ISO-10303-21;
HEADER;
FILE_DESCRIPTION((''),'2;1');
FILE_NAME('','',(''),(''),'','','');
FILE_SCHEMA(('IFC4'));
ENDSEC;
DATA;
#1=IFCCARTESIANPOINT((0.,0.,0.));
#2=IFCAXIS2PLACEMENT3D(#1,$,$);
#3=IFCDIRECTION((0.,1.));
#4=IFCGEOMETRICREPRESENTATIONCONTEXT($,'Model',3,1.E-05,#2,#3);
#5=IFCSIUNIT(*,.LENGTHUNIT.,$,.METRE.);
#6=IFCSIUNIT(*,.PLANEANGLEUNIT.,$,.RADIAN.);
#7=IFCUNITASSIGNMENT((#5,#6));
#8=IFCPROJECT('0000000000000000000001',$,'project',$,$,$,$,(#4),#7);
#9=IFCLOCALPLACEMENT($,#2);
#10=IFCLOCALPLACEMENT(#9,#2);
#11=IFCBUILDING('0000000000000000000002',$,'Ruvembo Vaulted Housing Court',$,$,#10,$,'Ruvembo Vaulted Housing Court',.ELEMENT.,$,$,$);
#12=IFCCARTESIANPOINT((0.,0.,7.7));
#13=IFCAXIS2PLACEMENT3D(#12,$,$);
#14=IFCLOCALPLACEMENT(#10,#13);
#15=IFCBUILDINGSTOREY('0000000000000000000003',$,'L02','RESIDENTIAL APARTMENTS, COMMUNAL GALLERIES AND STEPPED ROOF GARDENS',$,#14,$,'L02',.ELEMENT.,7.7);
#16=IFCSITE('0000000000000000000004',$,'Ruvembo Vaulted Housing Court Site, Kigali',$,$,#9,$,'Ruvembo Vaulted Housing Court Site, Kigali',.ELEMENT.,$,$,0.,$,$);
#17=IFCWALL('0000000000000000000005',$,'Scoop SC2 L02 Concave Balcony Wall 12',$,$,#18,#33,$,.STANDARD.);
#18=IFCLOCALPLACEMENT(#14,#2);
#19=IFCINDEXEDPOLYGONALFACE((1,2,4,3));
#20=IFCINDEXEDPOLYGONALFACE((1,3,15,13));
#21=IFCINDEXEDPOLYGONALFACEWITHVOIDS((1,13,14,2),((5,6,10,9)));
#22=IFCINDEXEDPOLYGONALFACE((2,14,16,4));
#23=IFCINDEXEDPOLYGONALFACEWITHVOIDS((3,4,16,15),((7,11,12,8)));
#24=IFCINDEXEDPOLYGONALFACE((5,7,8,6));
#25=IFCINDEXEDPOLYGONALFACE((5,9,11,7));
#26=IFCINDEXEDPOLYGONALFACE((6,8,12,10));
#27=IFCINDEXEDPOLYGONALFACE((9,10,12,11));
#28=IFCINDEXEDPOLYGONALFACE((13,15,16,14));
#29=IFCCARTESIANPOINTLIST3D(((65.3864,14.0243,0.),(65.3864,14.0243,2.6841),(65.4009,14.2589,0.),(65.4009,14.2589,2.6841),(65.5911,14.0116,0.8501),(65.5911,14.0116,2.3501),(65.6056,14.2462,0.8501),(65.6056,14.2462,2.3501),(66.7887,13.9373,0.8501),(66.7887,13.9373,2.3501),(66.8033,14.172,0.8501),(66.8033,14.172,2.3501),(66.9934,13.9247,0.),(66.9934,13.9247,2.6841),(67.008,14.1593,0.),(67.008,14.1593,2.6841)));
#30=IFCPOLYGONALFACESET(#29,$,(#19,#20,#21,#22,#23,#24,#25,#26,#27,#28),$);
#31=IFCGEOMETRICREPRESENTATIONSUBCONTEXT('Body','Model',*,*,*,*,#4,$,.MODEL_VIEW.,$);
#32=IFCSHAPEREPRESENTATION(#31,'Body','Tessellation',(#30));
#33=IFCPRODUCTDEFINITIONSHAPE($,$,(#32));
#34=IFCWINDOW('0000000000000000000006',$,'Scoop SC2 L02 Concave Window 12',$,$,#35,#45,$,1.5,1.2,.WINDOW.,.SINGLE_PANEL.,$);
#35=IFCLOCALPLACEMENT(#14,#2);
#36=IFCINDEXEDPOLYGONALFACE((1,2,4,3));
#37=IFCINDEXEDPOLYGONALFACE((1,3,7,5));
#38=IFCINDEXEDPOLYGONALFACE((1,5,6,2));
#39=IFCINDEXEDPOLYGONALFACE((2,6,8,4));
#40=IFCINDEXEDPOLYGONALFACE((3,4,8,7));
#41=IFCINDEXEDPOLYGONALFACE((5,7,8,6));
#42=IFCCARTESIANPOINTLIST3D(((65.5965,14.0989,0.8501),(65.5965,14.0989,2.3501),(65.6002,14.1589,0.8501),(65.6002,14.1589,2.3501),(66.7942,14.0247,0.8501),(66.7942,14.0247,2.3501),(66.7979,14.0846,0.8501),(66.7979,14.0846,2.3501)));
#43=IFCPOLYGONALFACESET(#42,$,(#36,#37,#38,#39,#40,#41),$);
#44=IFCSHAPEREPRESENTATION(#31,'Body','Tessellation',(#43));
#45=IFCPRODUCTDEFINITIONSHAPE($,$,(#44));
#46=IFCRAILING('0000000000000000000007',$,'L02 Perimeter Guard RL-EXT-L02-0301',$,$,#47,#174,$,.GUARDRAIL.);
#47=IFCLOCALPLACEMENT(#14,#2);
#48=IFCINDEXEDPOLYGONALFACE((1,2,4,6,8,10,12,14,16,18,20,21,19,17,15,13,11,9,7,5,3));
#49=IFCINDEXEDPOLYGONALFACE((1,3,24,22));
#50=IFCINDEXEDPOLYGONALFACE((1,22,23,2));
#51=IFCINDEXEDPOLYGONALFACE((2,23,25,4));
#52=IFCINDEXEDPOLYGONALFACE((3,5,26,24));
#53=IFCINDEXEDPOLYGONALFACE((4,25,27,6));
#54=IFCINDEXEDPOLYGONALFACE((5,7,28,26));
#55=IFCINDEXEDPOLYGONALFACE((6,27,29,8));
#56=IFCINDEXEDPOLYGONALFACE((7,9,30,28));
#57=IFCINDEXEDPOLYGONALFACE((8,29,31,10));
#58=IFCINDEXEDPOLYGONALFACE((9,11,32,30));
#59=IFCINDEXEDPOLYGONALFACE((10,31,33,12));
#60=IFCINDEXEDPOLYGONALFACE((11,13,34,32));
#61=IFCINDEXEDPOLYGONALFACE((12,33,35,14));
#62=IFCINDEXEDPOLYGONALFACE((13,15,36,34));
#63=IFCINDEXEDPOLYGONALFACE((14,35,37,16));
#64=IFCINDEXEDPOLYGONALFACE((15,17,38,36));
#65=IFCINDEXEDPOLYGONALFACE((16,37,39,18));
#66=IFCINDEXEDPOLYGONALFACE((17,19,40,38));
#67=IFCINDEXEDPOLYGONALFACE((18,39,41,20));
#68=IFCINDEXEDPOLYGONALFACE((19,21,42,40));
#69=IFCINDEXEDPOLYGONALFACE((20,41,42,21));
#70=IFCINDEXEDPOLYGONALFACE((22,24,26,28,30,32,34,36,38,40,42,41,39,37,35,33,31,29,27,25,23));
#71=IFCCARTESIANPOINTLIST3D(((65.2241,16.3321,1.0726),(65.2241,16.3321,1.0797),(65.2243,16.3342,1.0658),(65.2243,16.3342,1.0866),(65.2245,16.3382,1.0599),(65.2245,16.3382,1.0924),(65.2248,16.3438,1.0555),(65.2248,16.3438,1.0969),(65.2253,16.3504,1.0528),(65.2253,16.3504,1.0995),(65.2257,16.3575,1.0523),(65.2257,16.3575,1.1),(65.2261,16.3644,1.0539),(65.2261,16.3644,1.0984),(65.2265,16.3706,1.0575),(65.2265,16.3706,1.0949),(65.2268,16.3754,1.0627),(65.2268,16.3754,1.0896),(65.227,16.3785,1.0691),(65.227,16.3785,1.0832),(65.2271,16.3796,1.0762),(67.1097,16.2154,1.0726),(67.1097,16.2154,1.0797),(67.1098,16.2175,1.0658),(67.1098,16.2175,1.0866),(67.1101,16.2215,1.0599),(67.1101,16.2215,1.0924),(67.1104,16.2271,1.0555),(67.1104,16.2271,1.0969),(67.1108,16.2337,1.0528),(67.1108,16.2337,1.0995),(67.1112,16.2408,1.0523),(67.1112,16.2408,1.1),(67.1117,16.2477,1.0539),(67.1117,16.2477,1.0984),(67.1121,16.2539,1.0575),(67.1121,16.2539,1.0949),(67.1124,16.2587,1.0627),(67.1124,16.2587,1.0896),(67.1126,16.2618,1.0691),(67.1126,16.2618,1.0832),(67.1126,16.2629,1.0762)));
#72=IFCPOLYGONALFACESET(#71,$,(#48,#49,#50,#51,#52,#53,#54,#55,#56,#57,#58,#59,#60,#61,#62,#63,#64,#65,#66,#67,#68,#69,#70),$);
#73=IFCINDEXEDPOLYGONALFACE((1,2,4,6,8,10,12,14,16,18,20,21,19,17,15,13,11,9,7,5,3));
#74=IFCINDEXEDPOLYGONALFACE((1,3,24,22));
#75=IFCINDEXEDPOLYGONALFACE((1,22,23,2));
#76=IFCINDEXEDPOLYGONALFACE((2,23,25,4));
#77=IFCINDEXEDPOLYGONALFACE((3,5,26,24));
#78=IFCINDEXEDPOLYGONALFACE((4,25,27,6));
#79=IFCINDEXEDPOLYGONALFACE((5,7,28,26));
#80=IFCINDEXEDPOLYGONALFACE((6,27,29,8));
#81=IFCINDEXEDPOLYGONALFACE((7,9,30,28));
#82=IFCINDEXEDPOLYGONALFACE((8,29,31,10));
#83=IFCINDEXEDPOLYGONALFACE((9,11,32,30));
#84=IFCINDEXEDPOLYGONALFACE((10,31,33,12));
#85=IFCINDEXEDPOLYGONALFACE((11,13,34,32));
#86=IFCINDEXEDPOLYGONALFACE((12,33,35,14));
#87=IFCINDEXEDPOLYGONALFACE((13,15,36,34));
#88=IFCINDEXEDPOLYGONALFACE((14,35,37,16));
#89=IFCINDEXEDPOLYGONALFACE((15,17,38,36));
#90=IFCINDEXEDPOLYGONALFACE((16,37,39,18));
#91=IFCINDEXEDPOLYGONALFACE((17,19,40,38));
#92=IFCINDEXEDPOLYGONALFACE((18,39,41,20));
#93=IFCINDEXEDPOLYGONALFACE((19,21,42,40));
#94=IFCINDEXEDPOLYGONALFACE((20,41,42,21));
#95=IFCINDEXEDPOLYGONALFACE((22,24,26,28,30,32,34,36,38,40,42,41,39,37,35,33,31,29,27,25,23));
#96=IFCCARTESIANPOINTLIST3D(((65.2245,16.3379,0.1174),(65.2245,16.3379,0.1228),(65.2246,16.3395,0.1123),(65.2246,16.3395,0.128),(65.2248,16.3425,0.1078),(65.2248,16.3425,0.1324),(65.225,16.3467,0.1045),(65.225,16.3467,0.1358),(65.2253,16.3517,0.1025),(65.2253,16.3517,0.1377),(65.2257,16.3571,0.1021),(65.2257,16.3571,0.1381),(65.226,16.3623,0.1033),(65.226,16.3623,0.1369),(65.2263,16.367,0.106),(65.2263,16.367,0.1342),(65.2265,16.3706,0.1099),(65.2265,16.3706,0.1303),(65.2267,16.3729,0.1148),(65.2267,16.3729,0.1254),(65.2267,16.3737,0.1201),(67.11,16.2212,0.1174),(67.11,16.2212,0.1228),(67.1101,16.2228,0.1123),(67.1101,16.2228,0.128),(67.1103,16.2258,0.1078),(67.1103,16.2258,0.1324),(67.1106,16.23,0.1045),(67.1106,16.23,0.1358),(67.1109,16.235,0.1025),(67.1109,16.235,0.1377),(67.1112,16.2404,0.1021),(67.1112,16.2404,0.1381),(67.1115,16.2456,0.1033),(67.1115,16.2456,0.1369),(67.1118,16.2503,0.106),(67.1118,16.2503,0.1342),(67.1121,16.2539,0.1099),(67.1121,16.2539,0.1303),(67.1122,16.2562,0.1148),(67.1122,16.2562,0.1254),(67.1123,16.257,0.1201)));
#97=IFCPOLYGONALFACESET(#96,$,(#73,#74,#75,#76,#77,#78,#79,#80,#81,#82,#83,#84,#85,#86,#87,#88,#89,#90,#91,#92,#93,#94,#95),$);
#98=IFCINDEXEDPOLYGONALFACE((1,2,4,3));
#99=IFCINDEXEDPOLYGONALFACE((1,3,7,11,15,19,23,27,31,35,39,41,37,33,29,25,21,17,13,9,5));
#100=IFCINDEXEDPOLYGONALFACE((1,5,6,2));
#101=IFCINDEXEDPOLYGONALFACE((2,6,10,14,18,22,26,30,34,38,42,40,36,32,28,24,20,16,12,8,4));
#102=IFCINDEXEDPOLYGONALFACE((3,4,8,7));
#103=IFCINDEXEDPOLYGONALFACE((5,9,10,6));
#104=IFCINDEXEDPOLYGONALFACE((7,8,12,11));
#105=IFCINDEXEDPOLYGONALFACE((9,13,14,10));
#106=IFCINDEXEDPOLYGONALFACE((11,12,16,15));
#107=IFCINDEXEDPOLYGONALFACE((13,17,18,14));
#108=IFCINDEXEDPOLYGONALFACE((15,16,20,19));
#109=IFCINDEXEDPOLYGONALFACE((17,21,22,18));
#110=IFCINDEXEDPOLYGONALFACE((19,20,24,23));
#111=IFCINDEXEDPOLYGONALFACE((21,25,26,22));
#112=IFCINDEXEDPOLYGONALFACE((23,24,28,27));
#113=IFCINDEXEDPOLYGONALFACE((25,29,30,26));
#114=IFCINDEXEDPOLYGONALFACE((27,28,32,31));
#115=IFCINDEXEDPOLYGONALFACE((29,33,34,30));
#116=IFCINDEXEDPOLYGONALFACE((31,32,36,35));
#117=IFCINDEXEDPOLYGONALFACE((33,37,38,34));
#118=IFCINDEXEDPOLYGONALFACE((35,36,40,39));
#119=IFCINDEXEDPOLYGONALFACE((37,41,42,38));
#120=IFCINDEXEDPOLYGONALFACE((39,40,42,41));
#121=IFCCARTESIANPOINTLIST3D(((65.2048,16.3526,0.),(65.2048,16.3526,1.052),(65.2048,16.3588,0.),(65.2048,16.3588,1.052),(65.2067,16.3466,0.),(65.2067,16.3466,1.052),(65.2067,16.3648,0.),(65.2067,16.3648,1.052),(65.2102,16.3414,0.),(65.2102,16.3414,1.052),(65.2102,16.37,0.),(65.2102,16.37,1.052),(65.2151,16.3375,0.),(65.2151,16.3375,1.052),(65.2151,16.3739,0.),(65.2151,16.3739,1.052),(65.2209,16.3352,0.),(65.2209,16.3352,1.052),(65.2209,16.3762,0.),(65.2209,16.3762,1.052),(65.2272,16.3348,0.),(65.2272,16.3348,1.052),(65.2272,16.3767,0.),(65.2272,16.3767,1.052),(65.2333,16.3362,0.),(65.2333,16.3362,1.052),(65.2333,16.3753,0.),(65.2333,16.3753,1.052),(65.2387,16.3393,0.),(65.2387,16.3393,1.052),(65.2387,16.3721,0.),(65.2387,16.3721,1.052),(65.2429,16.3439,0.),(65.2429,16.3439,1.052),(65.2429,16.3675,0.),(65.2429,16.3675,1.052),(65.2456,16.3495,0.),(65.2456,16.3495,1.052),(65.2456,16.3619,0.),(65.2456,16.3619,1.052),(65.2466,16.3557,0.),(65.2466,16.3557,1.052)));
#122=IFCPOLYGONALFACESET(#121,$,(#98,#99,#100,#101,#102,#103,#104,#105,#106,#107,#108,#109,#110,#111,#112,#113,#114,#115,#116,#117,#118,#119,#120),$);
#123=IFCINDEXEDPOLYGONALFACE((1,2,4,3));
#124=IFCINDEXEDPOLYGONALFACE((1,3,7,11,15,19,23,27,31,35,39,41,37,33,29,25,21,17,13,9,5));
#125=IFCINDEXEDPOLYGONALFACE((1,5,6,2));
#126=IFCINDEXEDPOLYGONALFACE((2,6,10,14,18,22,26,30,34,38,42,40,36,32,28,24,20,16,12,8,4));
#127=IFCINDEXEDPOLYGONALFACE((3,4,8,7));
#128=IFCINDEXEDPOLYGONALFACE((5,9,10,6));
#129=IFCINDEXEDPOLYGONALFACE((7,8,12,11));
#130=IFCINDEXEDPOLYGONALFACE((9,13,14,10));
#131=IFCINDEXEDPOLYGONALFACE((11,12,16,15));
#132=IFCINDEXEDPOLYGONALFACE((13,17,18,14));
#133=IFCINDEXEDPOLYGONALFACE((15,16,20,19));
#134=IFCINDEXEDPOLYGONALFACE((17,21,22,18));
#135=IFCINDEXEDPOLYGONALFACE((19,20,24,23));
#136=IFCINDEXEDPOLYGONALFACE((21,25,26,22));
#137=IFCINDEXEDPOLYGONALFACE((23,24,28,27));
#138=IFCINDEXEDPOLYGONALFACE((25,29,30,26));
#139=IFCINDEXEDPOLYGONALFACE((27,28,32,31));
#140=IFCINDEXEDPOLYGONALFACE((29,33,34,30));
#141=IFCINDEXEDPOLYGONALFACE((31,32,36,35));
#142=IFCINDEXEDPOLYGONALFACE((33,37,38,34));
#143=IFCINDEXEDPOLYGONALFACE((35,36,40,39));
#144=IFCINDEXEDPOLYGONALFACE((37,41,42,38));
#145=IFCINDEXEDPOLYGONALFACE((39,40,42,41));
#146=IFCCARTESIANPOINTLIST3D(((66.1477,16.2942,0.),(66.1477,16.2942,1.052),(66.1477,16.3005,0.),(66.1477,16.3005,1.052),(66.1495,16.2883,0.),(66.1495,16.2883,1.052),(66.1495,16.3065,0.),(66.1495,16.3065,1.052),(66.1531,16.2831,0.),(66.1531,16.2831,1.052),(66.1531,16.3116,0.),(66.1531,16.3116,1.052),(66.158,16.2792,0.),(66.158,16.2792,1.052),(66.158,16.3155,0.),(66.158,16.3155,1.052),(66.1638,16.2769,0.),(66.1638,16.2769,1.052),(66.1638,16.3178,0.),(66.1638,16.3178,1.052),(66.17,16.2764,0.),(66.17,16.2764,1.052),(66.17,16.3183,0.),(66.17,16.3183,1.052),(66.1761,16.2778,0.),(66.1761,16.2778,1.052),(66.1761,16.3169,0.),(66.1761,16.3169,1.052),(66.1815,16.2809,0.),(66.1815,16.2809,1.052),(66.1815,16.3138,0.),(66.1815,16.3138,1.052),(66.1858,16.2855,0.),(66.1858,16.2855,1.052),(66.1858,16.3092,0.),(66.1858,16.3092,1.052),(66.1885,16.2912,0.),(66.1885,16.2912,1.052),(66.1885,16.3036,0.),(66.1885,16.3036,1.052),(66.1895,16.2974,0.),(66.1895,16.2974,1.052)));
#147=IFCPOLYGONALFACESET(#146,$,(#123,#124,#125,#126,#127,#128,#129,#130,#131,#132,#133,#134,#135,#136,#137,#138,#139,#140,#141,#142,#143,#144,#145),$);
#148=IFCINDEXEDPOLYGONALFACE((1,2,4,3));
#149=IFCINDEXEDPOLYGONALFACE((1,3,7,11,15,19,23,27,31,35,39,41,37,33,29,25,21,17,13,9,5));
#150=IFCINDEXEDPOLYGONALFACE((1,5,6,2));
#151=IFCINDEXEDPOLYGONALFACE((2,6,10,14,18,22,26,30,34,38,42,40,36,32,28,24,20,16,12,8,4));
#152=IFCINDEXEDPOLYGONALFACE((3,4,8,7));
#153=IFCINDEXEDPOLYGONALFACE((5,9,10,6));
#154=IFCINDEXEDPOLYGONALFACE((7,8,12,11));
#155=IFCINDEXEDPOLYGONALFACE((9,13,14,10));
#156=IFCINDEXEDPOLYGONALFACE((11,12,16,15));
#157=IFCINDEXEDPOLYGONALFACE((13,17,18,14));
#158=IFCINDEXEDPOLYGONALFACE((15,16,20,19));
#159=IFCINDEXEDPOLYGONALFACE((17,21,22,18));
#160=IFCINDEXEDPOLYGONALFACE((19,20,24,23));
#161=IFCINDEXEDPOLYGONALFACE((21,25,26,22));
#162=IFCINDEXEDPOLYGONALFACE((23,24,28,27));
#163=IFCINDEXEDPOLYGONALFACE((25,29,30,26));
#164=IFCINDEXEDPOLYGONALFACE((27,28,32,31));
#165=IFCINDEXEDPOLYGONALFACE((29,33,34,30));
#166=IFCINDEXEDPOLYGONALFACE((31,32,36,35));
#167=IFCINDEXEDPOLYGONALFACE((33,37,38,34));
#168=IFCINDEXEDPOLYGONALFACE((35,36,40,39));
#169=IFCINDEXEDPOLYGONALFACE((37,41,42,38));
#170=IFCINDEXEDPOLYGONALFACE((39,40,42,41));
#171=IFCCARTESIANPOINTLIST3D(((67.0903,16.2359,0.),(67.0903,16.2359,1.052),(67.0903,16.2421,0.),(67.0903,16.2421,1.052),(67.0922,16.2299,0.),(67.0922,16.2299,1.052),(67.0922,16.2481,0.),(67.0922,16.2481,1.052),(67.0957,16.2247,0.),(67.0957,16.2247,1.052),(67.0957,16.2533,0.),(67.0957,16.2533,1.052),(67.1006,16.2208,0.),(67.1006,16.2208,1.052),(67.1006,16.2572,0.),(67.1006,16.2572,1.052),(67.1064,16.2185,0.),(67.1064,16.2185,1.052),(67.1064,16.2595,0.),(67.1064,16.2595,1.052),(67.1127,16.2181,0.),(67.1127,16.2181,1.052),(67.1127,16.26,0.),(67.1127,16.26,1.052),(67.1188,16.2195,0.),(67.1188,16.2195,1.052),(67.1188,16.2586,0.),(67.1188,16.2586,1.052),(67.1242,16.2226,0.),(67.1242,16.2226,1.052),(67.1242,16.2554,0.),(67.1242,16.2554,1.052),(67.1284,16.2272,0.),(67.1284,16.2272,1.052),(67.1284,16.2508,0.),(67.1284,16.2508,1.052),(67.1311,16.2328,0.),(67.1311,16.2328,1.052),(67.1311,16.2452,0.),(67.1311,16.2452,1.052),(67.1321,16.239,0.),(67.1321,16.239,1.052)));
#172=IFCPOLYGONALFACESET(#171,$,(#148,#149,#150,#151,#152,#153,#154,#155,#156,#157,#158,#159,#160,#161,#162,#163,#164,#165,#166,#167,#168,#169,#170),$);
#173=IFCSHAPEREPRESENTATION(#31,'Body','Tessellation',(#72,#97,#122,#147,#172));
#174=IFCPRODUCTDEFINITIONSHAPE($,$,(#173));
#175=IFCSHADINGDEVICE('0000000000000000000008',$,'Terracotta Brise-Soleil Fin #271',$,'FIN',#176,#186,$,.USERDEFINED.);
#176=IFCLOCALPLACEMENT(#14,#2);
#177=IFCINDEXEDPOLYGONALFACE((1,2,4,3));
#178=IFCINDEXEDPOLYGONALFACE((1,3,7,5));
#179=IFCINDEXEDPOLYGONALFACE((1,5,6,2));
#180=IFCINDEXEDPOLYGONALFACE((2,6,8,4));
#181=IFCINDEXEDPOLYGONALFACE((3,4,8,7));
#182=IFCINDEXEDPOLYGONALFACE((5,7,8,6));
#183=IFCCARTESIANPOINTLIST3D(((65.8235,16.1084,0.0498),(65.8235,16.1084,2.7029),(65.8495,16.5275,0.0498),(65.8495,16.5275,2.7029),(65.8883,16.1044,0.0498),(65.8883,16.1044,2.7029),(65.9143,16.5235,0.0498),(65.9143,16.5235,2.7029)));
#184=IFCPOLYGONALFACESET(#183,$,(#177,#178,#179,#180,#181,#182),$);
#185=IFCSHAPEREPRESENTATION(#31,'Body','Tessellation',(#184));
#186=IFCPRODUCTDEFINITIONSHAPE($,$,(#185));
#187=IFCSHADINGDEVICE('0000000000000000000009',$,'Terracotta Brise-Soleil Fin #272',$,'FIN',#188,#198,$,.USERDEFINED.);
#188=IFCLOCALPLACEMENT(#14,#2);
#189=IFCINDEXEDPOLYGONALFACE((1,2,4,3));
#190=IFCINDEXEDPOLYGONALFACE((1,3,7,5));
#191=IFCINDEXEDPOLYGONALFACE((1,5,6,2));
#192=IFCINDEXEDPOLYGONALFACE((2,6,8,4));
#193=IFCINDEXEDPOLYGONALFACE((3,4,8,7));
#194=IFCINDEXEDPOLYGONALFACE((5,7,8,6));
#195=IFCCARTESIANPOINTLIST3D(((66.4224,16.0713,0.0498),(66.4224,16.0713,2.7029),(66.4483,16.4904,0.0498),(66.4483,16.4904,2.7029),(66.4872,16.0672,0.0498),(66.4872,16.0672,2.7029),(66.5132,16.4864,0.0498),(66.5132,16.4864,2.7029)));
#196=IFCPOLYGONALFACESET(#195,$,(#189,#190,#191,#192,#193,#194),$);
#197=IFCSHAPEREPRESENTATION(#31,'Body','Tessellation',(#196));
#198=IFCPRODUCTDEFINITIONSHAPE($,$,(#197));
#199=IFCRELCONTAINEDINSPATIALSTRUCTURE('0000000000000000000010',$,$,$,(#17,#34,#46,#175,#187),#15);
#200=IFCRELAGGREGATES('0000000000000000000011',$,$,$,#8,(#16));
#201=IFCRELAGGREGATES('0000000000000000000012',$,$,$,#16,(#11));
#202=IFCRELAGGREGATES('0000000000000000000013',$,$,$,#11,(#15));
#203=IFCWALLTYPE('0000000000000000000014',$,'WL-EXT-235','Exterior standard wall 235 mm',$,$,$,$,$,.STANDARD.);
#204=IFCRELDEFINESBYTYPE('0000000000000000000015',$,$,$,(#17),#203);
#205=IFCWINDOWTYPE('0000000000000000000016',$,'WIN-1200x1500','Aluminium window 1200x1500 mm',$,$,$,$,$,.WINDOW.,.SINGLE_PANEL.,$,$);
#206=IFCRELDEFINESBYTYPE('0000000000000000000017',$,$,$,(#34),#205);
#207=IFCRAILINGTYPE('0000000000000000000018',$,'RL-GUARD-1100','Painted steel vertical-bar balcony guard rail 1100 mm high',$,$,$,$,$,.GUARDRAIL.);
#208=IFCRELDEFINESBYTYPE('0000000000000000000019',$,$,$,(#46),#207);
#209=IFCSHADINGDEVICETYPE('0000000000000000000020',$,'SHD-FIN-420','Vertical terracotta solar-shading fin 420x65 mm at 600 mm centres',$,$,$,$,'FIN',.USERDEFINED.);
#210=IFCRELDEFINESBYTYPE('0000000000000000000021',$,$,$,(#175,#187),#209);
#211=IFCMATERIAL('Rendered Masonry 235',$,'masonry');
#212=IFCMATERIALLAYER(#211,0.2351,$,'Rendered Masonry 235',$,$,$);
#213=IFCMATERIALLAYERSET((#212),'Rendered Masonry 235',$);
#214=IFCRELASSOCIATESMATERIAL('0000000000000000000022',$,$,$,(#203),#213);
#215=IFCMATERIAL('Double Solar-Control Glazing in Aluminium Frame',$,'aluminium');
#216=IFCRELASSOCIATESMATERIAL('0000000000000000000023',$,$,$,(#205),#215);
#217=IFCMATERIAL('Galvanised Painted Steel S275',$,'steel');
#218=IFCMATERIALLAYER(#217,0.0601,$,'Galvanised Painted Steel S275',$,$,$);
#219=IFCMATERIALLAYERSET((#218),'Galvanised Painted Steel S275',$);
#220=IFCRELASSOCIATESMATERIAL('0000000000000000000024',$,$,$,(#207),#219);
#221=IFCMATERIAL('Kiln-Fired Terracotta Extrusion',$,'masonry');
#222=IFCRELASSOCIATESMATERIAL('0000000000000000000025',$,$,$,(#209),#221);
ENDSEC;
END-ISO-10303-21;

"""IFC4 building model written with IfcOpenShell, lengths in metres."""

from ifc_helpers import new_model, si_unit, direction, frame, frame_2d, origin, origin_2d, place, context, subcontext, project, spatial, rectangle, circle, extrude, material, layer, layer_set, type_object, element, fill, save


model = new_model("IFC4")

# Units and contexts
model_context = context("Model", 3, precision=1e-05, world=origin(), true_north=direction((0.0, 1.0)))
body_context = subcontext(model_context, "Body", "Model", "MODEL_VIEW")
ifc_project = project(units=[si_unit("LENGTHUNIT", "METRE"), si_unit("PLANEANGLEUNIT", "RADIAN")], contexts=[model_context])

# Site, building, storey
site_placement = place(None, origin())
site = spatial("IfcSite", under=ifc_project, at=site_placement, Name="Ruvembo Vaulted Housing Court Site, Kigali", LongName="Ruvembo Vaulted Housing Court Site, Kigali", CompositionType="ELEMENT", RefElevation=0.0)
building_placement = place(site_placement, origin())
building = spatial("IfcBuilding", under=site, at=building_placement, Name="Ruvembo Vaulted Housing Court", LongName="Ruvembo Vaulted Housing Court", CompositionType="ELEMENT")
storey_placement = place(building_placement, frame((0.0, 0.0, 7.7)))
storey = spatial("IfcBuildingStorey", under=building, at=storey_placement, Name="L02", Description="RESIDENTIAL APARTMENTS, COMMUNAL GALLERIES AND STEPPED ROOF GARDENS", LongName="L02", CompositionType="ELEMENT", Elevation=7.7)

# Shared definitions
ifc_material_1 = material(Name="Rendered Masonry 235", Category="masonry")
ifc_layer_1 = layer(ifc_material_1, 0.2351, Name="Rendered Masonry 235")
ifc_layer_set_1 = layer_set([ifc_layer_1], Name="Rendered Masonry 235")
wall_type_1 = type_object("IfcWallType", Name="WL-EXT-235", Description="Exterior standard wall 235 mm", PredefinedType="STANDARD", material=ifc_layer_set_1)
ifc_material_2 = material(Name="Double Solar-Control Glazing in Aluminium Frame", Category="aluminium")

# Wall, opening, window
wall_1_placement = place(storey_placement, frame((65.3936, 14.1416, 0.0), z_axis=(0.0, 0.0, 1.0), x_axis=(0.998084, -0.061868, 0.0)))
wall_1 = element("IfcWall", 1, at=wall_1_placement, inside=storey, type_object=wall_type_1, Name="Scoop SC2 L02 Concave Balcony Wall 12", PredefinedType="STANDARD", context=body_context, shape_type="SweptSolid", body=[
    extrude(rectangle(XDim=1.6101, YDim=0.2351, at=frame_2d((0.8052, 0.0))), origin(), (0.0, 0.0, 1.0), 2.6841),
])
opening_1_placement = place(wall_1_placement, frame((0.2051, 0.0, 0.8501)))
opening_1 = element("IfcOpeningElement", 2, at=opening_1_placement, cuts=wall_1, PredefinedType="OPENING", context=body_context, shape_type="SweptSolid", body=[
    extrude(rectangle(XDim=1.2, YDim=1.5, at=frame_2d((0.6001, 0.75))), frame((0.0, 0.1274, 0.0), z_axis=(0.0, -1.0, 0.0), x_axis=(1.0, 0.0, 0.0)), (0.0, 0.0, 1.0), 0.2551),
])
window_type_1 = type_object("IfcWindowType", Name="WIN-1200x1500", Description="Aluminium window 1200x1500 mm", PartitioningType="SINGLE_PANEL", PredefinedType="WINDOW", material=ifc_material_2)
window_1_placement = place(opening_1_placement, origin())
window_1 = element("IfcWindow", 3, at=window_1_placement, inside=storey, type_object=window_type_1, Name="Scoop SC2 L02 Concave Window 12", OverallHeight=1.5, OverallWidth=1.2, PartitioningType="SINGLE_PANEL", PredefinedType="WINDOW", context=body_context, shape_type="SweptSolid", body=[
    extrude(rectangle(XDim=1.2, YDim=1.5, at=frame_2d((0.6001, 0.75))), frame((0.0, 0.03, 0.0), z_axis=(0.0, -1.0, 0.0), x_axis=(1.0, 0.0, 0.0)), (0.0, 0.0, 1.0), 0.0601),
])
fill(opening_1, window_1)

# Railing
ifc_material_3 = material(Name="Galvanised Painted Steel S275", Category="steel")
ifc_layer_2 = layer(ifc_material_3, 0.0601, Name="Galvanised Painted Steel S275")
ifc_layer_set_2 = layer_set([ifc_layer_2], Name="Galvanised Painted Steel S275")
railing_type = type_object("IfcRailingType", Name="RL-GUARD-1100", Description="Painted steel vertical-bar balcony guard rail 1100 mm high", PredefinedType="GUARDRAIL", material=ifc_layer_set_2)
railing_placement = place(storey_placement, frame((65.2256, 16.3557, 0.0)))
element("IfcRailing", 4, at=railing_placement, inside=storey, type_object=railing_type, Name="L02 Perimeter Guard RL-EXT-L02-0301", PredefinedType="GUARDRAIL", context=body_context, shape_type="SweptSolid", body=[
    extrude(circle(Radius=0.0239, at=origin_2d()), frame((0.0, 0.0, 1.0762), z_axis=(0.99809, -0.061775, 0.0), x_axis=(0.061775, 0.99809, 0.0)), (0.0, 0.0, 1.0), 1.8892),
    extrude(circle(Radius=0.0181, at=origin_2d()), frame((0.0, 0.0, 0.1201), z_axis=(0.99809, -0.061775, 0.0), x_axis=(0.061775, 0.99809, 0.0)), (0.0, 0.0, 1.0), 1.8892),
    extrude(circle(Radius=0.021, at=origin_2d()), origin(), (0.0, 0.0, 1.0), 1.052),
    extrude(circle(Radius=0.021, at=origin_2d()), frame((0.9429, -0.0583, 0.0)), (0.0, 0.0, 1.0), 1.052),
    extrude(circle(Radius=0.021, at=origin_2d()), frame((1.8855, -0.1167, 0.0)), (0.0, 0.0, 1.0), 1.052),
])

# Shading devices
ifc_material_4 = material(Name="Kiln-Fired Terracotta Extrusion", Category="masonry")
shading_device_type = type_object("IfcShadingDeviceType", Name="SHD-FIN-420", Description="Vertical terracotta solar-shading fin 420x65 mm at 600 mm centres", ElementType="FIN", PredefinedType="USERDEFINED", material=ifc_material_4)
for number, where, z_axis, x_axis, name in (
    (5, (65.8689, 16.3159, 0.0498), (0.0, 0.0, 1.0), (-0.061832, -0.998087, 0.0), "Terracotta Brise-Soleil Fin #271"),
    (6, (66.4678, 16.2788, 0.0498), (0.0, 0.0, 1.0), (-0.061832, -0.998087, 0.0), "Terracotta Brise-Soleil Fin #272"),
):
    element("IfcShadingDevice", number, at=place(storey_placement, frame(where, z_axis=z_axis, x_axis=x_axis)), inside=storey, type_object=shading_device_type, Name=name, ObjectType="FIN", PredefinedType="USERDEFINED", context=body_context, shape_type="SweptSolid", body=[
        extrude(rectangle(XDim=0.4199, YDim=0.0649, at=origin_2d()), origin(), (0.0, 0.0, 1.0), 2.6531),
    ])

save(model, "model.ifc")
